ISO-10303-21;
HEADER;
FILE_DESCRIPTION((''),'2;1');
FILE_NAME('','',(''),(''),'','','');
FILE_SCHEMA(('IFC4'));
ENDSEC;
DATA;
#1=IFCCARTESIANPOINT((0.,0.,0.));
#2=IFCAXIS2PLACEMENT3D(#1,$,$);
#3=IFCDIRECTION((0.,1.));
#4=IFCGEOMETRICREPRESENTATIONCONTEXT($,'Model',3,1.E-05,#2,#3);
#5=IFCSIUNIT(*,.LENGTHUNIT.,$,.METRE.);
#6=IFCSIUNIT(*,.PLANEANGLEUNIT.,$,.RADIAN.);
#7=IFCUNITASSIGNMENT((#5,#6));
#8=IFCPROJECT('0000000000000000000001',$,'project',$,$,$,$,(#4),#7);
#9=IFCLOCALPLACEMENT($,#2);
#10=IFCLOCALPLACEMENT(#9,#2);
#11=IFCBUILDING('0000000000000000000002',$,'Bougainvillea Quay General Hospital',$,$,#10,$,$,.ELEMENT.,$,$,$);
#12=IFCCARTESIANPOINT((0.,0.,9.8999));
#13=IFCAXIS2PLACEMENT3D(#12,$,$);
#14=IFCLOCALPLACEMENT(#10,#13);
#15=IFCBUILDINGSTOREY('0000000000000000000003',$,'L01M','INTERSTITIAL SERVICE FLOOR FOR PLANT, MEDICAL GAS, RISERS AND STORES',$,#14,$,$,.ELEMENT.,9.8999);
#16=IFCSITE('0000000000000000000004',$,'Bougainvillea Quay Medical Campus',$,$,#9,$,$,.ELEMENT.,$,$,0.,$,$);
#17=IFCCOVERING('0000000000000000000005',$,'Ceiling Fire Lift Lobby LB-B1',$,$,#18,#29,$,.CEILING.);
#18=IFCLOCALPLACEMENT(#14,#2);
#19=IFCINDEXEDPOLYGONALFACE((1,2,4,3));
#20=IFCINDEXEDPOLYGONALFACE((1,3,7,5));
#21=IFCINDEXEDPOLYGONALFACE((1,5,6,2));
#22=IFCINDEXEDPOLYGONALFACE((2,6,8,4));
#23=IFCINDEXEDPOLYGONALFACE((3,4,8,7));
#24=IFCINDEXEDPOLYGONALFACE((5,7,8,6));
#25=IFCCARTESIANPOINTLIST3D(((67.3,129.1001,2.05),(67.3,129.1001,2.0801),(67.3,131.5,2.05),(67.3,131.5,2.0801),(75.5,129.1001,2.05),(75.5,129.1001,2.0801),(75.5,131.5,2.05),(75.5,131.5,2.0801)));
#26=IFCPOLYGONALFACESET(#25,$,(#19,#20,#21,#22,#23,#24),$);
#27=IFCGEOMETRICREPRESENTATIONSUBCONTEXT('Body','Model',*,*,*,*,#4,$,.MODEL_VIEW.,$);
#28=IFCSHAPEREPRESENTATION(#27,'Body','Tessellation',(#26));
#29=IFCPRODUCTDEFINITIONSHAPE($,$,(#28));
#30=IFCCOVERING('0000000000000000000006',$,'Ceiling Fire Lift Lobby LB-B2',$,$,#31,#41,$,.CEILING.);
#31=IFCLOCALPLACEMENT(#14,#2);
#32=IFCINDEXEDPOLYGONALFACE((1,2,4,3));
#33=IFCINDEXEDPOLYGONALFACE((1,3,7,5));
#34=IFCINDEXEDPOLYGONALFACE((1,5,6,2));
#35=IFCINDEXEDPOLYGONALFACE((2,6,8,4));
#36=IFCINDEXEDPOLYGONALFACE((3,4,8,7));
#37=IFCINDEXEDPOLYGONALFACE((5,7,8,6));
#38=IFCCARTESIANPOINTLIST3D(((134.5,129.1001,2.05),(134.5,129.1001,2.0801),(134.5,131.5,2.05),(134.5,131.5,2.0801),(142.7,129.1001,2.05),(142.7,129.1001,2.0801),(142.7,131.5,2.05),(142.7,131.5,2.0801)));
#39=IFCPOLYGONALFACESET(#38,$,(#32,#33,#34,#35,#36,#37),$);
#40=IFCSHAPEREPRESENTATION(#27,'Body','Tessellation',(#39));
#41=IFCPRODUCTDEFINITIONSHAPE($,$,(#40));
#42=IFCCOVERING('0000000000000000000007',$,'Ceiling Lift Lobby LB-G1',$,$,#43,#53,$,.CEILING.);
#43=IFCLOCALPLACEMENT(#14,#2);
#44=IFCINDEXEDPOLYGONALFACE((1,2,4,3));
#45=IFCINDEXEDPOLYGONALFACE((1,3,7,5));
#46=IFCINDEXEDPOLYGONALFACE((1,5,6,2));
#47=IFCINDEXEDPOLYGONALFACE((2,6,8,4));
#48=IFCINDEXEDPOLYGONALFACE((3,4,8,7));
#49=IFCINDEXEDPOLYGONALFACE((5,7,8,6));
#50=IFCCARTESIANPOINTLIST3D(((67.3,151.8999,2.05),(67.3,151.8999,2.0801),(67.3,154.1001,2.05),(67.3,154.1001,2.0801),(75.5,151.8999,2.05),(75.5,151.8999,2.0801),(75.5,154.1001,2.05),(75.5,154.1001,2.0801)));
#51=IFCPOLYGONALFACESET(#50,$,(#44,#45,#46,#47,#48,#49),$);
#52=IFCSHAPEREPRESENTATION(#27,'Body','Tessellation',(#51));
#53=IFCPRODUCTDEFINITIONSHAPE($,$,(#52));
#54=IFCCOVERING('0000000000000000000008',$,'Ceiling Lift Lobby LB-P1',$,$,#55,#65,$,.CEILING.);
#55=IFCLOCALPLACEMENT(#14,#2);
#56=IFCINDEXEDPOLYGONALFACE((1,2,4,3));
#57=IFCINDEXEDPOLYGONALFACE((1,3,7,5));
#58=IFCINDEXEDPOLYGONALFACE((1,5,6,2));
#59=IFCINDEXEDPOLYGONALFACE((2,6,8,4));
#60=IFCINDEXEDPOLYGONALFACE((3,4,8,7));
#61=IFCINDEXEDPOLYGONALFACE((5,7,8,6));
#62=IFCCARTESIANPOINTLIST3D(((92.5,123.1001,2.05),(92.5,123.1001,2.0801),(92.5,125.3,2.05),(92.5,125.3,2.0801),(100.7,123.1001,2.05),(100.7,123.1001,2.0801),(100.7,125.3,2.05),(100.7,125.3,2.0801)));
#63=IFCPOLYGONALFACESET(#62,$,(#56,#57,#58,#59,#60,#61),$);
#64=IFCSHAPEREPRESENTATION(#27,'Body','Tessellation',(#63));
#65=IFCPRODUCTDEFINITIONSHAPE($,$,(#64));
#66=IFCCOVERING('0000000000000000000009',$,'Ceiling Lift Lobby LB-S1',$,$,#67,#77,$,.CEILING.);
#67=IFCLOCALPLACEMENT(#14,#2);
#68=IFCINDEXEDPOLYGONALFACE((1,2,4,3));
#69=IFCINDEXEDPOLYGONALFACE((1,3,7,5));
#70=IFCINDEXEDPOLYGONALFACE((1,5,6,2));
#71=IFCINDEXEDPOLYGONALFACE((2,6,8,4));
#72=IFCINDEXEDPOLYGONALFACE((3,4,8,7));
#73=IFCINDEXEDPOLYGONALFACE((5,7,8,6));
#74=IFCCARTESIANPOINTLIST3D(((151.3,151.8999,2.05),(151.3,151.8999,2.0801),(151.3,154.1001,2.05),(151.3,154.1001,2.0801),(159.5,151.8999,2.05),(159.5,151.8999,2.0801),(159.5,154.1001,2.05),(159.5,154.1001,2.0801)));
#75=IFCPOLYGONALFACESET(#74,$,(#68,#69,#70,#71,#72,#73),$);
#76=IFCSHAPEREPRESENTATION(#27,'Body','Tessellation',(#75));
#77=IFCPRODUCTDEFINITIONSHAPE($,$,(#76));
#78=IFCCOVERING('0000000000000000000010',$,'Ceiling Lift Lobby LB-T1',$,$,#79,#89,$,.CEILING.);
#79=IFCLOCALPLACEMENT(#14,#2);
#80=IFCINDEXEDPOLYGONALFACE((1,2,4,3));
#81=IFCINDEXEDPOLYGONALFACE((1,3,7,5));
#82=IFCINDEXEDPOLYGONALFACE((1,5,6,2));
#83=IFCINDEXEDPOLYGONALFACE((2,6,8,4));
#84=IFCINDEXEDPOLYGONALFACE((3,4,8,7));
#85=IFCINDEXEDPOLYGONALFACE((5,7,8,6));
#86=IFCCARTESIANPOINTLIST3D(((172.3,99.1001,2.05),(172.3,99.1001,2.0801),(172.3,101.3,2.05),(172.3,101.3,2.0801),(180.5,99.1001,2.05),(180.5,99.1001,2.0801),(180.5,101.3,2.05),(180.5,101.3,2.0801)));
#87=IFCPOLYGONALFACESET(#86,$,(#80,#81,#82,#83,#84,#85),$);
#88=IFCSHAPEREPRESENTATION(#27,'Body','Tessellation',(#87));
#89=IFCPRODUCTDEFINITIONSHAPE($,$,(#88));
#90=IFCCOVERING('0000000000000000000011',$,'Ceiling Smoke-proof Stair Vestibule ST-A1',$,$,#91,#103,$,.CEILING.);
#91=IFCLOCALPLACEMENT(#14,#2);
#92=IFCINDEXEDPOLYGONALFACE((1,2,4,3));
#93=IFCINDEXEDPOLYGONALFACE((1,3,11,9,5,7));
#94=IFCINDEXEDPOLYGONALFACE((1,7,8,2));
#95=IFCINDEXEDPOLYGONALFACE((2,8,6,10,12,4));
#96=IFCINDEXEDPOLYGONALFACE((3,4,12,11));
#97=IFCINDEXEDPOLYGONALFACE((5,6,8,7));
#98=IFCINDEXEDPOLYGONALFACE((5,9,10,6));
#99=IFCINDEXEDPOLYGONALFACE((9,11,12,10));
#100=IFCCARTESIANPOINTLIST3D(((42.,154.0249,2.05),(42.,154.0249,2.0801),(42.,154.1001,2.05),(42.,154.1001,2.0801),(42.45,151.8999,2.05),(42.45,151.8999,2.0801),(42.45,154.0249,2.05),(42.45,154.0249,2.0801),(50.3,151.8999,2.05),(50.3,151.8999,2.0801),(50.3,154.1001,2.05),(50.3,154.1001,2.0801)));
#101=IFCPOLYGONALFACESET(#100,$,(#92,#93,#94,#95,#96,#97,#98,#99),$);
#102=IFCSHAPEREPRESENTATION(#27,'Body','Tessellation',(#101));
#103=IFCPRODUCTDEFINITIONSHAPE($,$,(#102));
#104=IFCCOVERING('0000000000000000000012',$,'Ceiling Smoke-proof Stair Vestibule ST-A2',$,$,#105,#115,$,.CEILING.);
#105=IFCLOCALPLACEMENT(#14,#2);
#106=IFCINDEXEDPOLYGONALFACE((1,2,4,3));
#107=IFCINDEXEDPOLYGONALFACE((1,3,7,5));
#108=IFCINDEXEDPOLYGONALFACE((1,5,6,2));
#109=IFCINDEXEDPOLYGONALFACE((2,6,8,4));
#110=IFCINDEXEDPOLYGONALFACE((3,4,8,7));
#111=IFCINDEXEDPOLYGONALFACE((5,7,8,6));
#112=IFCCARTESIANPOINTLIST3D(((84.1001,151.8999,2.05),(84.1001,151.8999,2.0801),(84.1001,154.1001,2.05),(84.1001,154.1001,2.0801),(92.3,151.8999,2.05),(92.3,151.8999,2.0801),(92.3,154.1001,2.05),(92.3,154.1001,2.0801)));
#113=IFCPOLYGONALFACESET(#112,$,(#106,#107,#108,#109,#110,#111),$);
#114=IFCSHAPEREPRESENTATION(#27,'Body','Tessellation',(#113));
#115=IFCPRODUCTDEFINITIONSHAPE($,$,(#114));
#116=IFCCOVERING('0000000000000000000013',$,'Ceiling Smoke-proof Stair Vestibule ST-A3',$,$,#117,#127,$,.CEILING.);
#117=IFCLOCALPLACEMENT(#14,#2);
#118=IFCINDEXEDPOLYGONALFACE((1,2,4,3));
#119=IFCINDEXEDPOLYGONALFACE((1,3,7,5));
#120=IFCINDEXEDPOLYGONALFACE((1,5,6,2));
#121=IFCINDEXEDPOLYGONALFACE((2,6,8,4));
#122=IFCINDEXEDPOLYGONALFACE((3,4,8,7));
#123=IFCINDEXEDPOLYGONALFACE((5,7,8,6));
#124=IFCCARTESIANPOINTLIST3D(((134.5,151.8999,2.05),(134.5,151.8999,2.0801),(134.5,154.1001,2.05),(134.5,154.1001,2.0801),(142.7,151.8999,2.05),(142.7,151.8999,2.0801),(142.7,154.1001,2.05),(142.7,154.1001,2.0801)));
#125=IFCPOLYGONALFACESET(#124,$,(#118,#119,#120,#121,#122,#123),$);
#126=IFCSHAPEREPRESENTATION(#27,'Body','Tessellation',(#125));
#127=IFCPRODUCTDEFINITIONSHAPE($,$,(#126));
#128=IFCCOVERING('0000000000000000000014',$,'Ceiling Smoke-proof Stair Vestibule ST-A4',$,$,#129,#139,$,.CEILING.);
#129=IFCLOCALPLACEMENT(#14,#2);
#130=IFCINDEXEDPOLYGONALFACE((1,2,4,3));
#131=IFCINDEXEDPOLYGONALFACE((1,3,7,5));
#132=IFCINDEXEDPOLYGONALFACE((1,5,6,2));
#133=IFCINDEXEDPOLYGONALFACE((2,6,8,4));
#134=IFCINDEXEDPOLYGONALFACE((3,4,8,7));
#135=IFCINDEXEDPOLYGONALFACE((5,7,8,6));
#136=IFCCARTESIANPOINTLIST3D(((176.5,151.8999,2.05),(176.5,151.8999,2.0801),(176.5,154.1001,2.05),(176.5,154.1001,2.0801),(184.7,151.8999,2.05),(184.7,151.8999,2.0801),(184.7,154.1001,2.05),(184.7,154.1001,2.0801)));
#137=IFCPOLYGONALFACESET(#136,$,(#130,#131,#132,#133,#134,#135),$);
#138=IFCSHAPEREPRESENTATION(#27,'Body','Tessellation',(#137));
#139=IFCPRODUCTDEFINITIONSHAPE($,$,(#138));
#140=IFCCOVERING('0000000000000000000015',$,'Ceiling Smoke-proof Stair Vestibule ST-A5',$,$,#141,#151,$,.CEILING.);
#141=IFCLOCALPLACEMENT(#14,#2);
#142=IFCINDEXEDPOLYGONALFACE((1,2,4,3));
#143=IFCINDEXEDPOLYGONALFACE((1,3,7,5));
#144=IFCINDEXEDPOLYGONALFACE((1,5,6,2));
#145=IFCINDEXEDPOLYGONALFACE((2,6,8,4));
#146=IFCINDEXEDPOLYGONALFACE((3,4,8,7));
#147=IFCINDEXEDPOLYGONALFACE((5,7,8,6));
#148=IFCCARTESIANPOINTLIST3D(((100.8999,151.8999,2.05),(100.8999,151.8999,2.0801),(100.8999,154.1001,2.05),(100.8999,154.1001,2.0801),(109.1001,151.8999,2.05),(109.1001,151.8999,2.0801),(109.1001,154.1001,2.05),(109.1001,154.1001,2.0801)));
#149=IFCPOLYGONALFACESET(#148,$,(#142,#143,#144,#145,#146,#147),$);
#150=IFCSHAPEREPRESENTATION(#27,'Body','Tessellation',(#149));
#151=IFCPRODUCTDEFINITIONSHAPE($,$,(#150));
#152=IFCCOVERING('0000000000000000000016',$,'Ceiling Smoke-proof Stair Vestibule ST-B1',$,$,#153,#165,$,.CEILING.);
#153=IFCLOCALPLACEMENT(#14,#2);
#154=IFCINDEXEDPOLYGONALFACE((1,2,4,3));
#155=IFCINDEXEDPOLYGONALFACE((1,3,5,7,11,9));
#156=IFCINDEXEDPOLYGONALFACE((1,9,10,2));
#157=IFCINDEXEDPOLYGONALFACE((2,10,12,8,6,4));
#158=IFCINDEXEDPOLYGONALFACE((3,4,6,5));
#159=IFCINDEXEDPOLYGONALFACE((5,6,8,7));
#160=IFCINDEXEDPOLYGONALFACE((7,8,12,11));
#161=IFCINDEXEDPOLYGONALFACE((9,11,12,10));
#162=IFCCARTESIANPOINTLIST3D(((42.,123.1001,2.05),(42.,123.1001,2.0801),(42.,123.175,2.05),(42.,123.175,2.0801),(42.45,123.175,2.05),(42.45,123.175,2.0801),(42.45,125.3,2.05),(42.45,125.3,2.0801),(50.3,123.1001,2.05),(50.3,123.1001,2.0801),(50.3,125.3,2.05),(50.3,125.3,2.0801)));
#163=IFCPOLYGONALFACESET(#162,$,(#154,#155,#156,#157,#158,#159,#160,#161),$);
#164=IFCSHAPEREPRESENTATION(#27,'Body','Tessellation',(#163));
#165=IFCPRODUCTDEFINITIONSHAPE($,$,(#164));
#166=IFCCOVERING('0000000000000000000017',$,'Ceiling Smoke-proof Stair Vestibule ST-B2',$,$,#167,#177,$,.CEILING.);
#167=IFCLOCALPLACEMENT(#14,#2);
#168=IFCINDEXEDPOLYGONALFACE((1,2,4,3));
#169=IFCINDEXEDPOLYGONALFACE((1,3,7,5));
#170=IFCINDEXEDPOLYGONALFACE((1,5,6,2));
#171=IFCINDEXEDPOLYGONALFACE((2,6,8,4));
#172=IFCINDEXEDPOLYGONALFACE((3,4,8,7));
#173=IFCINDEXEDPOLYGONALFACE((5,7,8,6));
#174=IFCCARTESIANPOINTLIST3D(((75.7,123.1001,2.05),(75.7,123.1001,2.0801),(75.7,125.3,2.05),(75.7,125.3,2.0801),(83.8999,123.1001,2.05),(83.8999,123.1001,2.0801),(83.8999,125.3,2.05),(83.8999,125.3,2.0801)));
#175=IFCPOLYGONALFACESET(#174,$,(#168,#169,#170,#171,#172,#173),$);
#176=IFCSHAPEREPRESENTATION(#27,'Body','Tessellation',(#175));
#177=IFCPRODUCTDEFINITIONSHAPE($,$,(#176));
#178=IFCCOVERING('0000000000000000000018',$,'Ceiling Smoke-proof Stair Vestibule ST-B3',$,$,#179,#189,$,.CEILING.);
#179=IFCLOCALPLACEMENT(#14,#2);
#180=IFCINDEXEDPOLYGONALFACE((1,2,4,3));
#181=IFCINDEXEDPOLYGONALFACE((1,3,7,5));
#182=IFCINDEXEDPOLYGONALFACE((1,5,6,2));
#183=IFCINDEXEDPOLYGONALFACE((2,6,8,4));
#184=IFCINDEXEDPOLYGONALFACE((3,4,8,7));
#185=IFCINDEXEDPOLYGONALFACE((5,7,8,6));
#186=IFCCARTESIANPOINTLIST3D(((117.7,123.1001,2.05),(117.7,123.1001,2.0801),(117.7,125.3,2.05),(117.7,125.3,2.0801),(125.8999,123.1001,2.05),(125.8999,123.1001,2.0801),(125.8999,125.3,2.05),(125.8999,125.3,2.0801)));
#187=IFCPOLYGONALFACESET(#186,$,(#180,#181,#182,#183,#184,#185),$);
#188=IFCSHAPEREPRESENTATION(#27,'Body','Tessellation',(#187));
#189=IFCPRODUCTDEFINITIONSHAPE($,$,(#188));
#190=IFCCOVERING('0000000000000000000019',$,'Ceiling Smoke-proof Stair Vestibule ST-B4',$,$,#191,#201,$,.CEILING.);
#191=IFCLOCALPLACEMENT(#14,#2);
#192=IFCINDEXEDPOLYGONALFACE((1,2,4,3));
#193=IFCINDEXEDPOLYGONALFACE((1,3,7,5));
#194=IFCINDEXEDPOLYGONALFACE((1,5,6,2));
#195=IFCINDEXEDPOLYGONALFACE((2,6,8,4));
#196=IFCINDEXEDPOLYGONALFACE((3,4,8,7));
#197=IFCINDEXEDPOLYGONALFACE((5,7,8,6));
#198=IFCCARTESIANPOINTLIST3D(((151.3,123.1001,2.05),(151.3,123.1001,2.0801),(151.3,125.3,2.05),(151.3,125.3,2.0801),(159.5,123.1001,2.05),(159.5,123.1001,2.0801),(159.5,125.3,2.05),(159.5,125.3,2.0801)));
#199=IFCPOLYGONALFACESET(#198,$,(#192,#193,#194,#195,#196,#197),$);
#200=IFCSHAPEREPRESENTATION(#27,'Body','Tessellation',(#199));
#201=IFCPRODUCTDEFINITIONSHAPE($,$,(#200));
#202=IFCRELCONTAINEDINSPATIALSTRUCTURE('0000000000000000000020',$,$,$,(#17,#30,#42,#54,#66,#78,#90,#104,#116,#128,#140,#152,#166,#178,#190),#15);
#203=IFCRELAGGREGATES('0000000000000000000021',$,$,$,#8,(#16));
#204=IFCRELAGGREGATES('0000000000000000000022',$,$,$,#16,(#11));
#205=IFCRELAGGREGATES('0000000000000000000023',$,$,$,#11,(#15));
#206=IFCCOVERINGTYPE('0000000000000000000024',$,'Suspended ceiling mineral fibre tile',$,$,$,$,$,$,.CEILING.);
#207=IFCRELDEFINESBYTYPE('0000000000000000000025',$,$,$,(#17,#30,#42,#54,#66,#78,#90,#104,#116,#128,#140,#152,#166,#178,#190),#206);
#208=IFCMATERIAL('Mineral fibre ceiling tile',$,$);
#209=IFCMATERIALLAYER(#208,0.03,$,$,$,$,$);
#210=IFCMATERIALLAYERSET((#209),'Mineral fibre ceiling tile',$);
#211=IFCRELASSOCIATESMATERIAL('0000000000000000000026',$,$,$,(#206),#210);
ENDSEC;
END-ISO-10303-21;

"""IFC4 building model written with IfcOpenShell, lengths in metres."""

from ifc_helpers import new_model, si_unit, direction, frame, origin, place, context, subcontext, project, spatial, polyline, outline, extrude, material, layer, layer_set, type_object, element, save


model = new_model("IFC4")

# Units and contexts
model_context = context("Model", 3, precision=1e-05, world=origin(), true_north=direction((0.0, 1.0)))
body_context = subcontext(model_context, "Body", "Model", "MODEL_VIEW")
ifc_project = project(units=[si_unit("LENGTHUNIT", "METRE"), si_unit("PLANEANGLEUNIT", "RADIAN")], contexts=[model_context])

# Site, building, storey
site_placement = place(None, origin())
site = spatial("IfcSite", under=ifc_project, at=site_placement, Name="Bougainvillea Quay Medical Campus", CompositionType="ELEMENT", RefElevation=0.0)
building_placement = place(site_placement, origin())
building = spatial("IfcBuilding", under=site, at=building_placement, Name="Bougainvillea Quay General Hospital", CompositionType="ELEMENT")
storey_placement = place(building_placement, frame((0.0, 0.0, 9.8999)))
storey = spatial("IfcBuildingStorey", under=building, at=storey_placement, Name="L01M", Description="INTERSTITIAL SERVICE FLOOR FOR PLANT, MEDICAL GAS, RISERS AND STORES", CompositionType="ELEMENT", Elevation=9.8999)

# Coverings
ifc_material = material(Name="Mineral fibre ceiling tile")
ifc_layer = layer(ifc_material, 0.03)
ifc_layer_set = layer_set([ifc_layer], Name="Mineral fibre ceiling tile")
covering_type = type_object("IfcCoveringType", Name="Suspended ceiling mineral fibre tile", PredefinedType="CEILING", material=ifc_layer_set)
covering_1_placement = place(storey_placement, frame((0.0, 0.0, 2.05)))
element("IfcCovering", 1, at=covering_1_placement, inside=storey, type_object=covering_type, Name="Ceiling Fire Lift Lobby LB-B1", PredefinedType="CEILING", context=body_context, shape_type="SweptSolid", body=[
    extrude(outline(polyline([(75.5, 129.1001), (75.5, 131.5), (67.3, 131.5), (67.3, 129.1001), (75.5, 129.1001)])), origin(), (0.0, 0.0, 1.0), 0.03),
])
covering_2_placement = place(storey_placement, frame((0.0, 0.0, 2.05)))
element("IfcCovering", 2, at=covering_2_placement, inside=storey, type_object=covering_type, Name="Ceiling Fire Lift Lobby LB-B2", PredefinedType="CEILING", context=body_context, shape_type="SweptSolid", body=[
    extrude(outline(polyline([(142.7, 129.1001), (142.7, 131.5), (134.5, 131.5), (134.5, 129.1001), (142.7, 129.1001)])), origin(), (0.0, 0.0, 1.0), 0.03),
])
covering_3_placement = place(storey_placement, frame((0.0, 0.0, 2.05)))
element("IfcCovering", 3, at=covering_3_placement, inside=storey, type_object=covering_type, Name="Ceiling Lift Lobby LB-G1", PredefinedType="CEILING", context=body_context, shape_type="SweptSolid", body=[
    extrude(outline(polyline([(67.3, 151.8999), (75.5, 151.8999), (75.5, 154.1001), (67.3, 154.1001), (67.3, 151.8999)])), origin(), (0.0, 0.0, 1.0), 0.03),
])
covering_4_placement = place(storey_placement, frame((0.0, 0.0, 2.05)))
element("IfcCovering", 4, at=covering_4_placement, inside=storey, type_object=covering_type, Name="Ceiling Lift Lobby LB-P1", PredefinedType="CEILING", context=body_context, shape_type="SweptSolid", body=[
    extrude(outline(polyline([(100.7, 123.1001), (100.7, 125.3), (92.5, 125.3), (92.5, 123.1001), (100.7, 123.1001)])), origin(), (0.0, 0.0, 1.0), 0.03),
])
covering_5_placement = place(storey_placement, frame((0.0, 0.0, 2.05)))
element("IfcCovering", 5, at=covering_5_placement, inside=storey, type_object=covering_type, Name="Ceiling Lift Lobby LB-S1", PredefinedType="CEILING", context=body_context, shape_type="SweptSolid", body=[
    extrude(outline(polyline([(159.5, 154.1001), (151.3, 154.1001), (151.3, 151.8999), (159.5, 151.8999), (159.5, 154.1001)])), origin(), (0.0, 0.0, 1.0), 0.03),
])
covering_6_placement = place(storey_placement, frame((0.0, 0.0, 2.05)))
element("IfcCovering", 6, at=covering_6_placement, inside=storey, type_object=covering_type, Name="Ceiling Lift Lobby LB-T1", PredefinedType="CEILING", context=body_context, shape_type="SweptSolid", body=[
    extrude(outline(polyline([(172.3, 101.3), (172.3, 99.1001), (180.5, 99.1001), (180.5, 101.3), (172.3, 101.3)])), origin(), (0.0, 0.0, 1.0), 0.03),
])
covering_7_placement = place(storey_placement, frame((0.0, 0.0, 2.05)))
element("IfcCovering", 7, at=covering_7_placement, inside=storey, type_object=covering_type, Name="Ceiling Smoke-proof Stair Vestibule ST-A1", PredefinedType="CEILING", context=body_context, shape_type="SweptSolid", body=[
    extrude(outline(polyline([(42.0, 154.1001), (42.0, 154.0249), (42.45, 154.0249), (42.45, 151.8999), (50.3, 151.8999), (50.3, 154.1001), (42.0, 154.1001)])), origin(), (0.0, 0.0, 1.0), 0.03),
])
covering_8_placement = place(storey_placement, frame((0.0, 0.0, 2.05)))
element("IfcCovering", 8, at=covering_8_placement, inside=storey, type_object=covering_type, Name="Ceiling Smoke-proof Stair Vestibule ST-A2", PredefinedType="CEILING", context=body_context, shape_type="SweptSolid", body=[
    extrude(outline(polyline([(92.3, 154.1001), (84.1001, 154.1001), (84.1001, 151.8999), (92.3, 151.8999), (92.3, 154.1001)])), origin(), (0.0, 0.0, 1.0), 0.03),
])
covering_9_placement = place(storey_placement, frame((0.0, 0.0, 2.05)))
element("IfcCovering", 9, at=covering_9_placement, inside=storey, type_object=covering_type, Name="Ceiling Smoke-proof Stair Vestibule ST-A3", PredefinedType="CEILING", context=body_context, shape_type="SweptSolid", body=[
    extrude(outline(polyline([(134.5, 151.8999), (142.7, 151.8999), (142.7, 154.1001), (134.5, 154.1001), (134.5, 151.8999)])), origin(), (0.0, 0.0, 1.0), 0.03),
])
covering_10_placement = place(storey_placement, frame((0.0, 0.0, 2.05)))
element("IfcCovering", 10, at=covering_10_placement, inside=storey, type_object=covering_type, Name="Ceiling Smoke-proof Stair Vestibule ST-A4", PredefinedType="CEILING", context=body_context, shape_type="SweptSolid", body=[
    extrude(outline(polyline([(184.7, 154.1001), (176.5, 154.1001), (176.5, 151.8999), (184.7, 151.8999), (184.7, 154.1001)])), origin(), (0.0, 0.0, 1.0), 0.03),
])
covering_11_placement = place(storey_placement, frame((0.0, 0.0, 2.05)))
element("IfcCovering", 11, at=covering_11_placement, inside=storey, type_object=covering_type, Name="Ceiling Smoke-proof Stair Vestibule ST-A5", PredefinedType="CEILING", context=body_context, shape_type="SweptSolid", body=[
    extrude(outline(polyline([(109.1001, 154.1001), (100.8999, 154.1001), (100.8999, 151.8999), (109.1001, 151.8999), (109.1001, 154.1001)])), origin(), (0.0, 0.0, 1.0), 0.03),
])
covering_12_placement = place(storey_placement, frame((0.0, 0.0, 2.05)))
element("IfcCovering", 12, at=covering_12_placement, inside=storey, type_object=covering_type, Name="Ceiling Smoke-proof Stair Vestibule ST-B1", PredefinedType="CEILING", context=body_context, shape_type="SweptSolid", body=[
    extrude(outline(polyline([(42.45, 125.3), (42.45, 123.175), (42.0, 123.175), (42.0, 123.1001), (50.3, 123.1001), (50.3, 125.3), (42.45, 125.3)])), origin(), (0.0, 0.0, 1.0), 0.03),
])
covering_13_placement = place(storey_placement, frame((0.0, 0.0, 2.05)))
element("IfcCovering", 13, at=covering_13_placement, inside=storey, type_object=covering_type, Name="Ceiling Smoke-proof Stair Vestibule ST-B2", PredefinedType="CEILING", context=body_context, shape_type="SweptSolid", body=[
    extrude(outline(polyline([(83.8999, 123.1001), (83.8999, 125.3), (75.7, 125.3), (75.7, 123.1001), (83.8999, 123.1001)])), origin(), (0.0, 0.0, 1.0), 0.03),
])
covering_14_placement = place(storey_placement, frame((0.0, 0.0, 2.05)))
element("IfcCovering", 14, at=covering_14_placement, inside=storey, type_object=covering_type, Name="Ceiling Smoke-proof Stair Vestibule ST-B3", PredefinedType="CEILING", context=body_context, shape_type="SweptSolid", body=[
    extrude(outline(polyline([(125.8999, 125.3), (117.7, 125.3), (117.7, 123.1001), (125.8999, 123.1001), (125.8999, 125.3)])), origin(), (0.0, 0.0, 1.0), 0.03),
])
covering_15_placement = place(storey_placement, frame((0.0, 0.0, 2.05)))
element("IfcCovering", 15, at=covering_15_placement, inside=storey, type_object=covering_type, Name="Ceiling Smoke-proof Stair Vestibule ST-B4", PredefinedType="CEILING", context=body_context, shape_type="SweptSolid", body=[
    extrude(outline(polyline([(159.5, 123.1001), (159.5, 125.3), (151.3, 125.3), (151.3, 123.1001), (159.5, 123.1001)])), origin(), (0.0, 0.0, 1.0), 0.03),
])

save(model, "model.ifc")
